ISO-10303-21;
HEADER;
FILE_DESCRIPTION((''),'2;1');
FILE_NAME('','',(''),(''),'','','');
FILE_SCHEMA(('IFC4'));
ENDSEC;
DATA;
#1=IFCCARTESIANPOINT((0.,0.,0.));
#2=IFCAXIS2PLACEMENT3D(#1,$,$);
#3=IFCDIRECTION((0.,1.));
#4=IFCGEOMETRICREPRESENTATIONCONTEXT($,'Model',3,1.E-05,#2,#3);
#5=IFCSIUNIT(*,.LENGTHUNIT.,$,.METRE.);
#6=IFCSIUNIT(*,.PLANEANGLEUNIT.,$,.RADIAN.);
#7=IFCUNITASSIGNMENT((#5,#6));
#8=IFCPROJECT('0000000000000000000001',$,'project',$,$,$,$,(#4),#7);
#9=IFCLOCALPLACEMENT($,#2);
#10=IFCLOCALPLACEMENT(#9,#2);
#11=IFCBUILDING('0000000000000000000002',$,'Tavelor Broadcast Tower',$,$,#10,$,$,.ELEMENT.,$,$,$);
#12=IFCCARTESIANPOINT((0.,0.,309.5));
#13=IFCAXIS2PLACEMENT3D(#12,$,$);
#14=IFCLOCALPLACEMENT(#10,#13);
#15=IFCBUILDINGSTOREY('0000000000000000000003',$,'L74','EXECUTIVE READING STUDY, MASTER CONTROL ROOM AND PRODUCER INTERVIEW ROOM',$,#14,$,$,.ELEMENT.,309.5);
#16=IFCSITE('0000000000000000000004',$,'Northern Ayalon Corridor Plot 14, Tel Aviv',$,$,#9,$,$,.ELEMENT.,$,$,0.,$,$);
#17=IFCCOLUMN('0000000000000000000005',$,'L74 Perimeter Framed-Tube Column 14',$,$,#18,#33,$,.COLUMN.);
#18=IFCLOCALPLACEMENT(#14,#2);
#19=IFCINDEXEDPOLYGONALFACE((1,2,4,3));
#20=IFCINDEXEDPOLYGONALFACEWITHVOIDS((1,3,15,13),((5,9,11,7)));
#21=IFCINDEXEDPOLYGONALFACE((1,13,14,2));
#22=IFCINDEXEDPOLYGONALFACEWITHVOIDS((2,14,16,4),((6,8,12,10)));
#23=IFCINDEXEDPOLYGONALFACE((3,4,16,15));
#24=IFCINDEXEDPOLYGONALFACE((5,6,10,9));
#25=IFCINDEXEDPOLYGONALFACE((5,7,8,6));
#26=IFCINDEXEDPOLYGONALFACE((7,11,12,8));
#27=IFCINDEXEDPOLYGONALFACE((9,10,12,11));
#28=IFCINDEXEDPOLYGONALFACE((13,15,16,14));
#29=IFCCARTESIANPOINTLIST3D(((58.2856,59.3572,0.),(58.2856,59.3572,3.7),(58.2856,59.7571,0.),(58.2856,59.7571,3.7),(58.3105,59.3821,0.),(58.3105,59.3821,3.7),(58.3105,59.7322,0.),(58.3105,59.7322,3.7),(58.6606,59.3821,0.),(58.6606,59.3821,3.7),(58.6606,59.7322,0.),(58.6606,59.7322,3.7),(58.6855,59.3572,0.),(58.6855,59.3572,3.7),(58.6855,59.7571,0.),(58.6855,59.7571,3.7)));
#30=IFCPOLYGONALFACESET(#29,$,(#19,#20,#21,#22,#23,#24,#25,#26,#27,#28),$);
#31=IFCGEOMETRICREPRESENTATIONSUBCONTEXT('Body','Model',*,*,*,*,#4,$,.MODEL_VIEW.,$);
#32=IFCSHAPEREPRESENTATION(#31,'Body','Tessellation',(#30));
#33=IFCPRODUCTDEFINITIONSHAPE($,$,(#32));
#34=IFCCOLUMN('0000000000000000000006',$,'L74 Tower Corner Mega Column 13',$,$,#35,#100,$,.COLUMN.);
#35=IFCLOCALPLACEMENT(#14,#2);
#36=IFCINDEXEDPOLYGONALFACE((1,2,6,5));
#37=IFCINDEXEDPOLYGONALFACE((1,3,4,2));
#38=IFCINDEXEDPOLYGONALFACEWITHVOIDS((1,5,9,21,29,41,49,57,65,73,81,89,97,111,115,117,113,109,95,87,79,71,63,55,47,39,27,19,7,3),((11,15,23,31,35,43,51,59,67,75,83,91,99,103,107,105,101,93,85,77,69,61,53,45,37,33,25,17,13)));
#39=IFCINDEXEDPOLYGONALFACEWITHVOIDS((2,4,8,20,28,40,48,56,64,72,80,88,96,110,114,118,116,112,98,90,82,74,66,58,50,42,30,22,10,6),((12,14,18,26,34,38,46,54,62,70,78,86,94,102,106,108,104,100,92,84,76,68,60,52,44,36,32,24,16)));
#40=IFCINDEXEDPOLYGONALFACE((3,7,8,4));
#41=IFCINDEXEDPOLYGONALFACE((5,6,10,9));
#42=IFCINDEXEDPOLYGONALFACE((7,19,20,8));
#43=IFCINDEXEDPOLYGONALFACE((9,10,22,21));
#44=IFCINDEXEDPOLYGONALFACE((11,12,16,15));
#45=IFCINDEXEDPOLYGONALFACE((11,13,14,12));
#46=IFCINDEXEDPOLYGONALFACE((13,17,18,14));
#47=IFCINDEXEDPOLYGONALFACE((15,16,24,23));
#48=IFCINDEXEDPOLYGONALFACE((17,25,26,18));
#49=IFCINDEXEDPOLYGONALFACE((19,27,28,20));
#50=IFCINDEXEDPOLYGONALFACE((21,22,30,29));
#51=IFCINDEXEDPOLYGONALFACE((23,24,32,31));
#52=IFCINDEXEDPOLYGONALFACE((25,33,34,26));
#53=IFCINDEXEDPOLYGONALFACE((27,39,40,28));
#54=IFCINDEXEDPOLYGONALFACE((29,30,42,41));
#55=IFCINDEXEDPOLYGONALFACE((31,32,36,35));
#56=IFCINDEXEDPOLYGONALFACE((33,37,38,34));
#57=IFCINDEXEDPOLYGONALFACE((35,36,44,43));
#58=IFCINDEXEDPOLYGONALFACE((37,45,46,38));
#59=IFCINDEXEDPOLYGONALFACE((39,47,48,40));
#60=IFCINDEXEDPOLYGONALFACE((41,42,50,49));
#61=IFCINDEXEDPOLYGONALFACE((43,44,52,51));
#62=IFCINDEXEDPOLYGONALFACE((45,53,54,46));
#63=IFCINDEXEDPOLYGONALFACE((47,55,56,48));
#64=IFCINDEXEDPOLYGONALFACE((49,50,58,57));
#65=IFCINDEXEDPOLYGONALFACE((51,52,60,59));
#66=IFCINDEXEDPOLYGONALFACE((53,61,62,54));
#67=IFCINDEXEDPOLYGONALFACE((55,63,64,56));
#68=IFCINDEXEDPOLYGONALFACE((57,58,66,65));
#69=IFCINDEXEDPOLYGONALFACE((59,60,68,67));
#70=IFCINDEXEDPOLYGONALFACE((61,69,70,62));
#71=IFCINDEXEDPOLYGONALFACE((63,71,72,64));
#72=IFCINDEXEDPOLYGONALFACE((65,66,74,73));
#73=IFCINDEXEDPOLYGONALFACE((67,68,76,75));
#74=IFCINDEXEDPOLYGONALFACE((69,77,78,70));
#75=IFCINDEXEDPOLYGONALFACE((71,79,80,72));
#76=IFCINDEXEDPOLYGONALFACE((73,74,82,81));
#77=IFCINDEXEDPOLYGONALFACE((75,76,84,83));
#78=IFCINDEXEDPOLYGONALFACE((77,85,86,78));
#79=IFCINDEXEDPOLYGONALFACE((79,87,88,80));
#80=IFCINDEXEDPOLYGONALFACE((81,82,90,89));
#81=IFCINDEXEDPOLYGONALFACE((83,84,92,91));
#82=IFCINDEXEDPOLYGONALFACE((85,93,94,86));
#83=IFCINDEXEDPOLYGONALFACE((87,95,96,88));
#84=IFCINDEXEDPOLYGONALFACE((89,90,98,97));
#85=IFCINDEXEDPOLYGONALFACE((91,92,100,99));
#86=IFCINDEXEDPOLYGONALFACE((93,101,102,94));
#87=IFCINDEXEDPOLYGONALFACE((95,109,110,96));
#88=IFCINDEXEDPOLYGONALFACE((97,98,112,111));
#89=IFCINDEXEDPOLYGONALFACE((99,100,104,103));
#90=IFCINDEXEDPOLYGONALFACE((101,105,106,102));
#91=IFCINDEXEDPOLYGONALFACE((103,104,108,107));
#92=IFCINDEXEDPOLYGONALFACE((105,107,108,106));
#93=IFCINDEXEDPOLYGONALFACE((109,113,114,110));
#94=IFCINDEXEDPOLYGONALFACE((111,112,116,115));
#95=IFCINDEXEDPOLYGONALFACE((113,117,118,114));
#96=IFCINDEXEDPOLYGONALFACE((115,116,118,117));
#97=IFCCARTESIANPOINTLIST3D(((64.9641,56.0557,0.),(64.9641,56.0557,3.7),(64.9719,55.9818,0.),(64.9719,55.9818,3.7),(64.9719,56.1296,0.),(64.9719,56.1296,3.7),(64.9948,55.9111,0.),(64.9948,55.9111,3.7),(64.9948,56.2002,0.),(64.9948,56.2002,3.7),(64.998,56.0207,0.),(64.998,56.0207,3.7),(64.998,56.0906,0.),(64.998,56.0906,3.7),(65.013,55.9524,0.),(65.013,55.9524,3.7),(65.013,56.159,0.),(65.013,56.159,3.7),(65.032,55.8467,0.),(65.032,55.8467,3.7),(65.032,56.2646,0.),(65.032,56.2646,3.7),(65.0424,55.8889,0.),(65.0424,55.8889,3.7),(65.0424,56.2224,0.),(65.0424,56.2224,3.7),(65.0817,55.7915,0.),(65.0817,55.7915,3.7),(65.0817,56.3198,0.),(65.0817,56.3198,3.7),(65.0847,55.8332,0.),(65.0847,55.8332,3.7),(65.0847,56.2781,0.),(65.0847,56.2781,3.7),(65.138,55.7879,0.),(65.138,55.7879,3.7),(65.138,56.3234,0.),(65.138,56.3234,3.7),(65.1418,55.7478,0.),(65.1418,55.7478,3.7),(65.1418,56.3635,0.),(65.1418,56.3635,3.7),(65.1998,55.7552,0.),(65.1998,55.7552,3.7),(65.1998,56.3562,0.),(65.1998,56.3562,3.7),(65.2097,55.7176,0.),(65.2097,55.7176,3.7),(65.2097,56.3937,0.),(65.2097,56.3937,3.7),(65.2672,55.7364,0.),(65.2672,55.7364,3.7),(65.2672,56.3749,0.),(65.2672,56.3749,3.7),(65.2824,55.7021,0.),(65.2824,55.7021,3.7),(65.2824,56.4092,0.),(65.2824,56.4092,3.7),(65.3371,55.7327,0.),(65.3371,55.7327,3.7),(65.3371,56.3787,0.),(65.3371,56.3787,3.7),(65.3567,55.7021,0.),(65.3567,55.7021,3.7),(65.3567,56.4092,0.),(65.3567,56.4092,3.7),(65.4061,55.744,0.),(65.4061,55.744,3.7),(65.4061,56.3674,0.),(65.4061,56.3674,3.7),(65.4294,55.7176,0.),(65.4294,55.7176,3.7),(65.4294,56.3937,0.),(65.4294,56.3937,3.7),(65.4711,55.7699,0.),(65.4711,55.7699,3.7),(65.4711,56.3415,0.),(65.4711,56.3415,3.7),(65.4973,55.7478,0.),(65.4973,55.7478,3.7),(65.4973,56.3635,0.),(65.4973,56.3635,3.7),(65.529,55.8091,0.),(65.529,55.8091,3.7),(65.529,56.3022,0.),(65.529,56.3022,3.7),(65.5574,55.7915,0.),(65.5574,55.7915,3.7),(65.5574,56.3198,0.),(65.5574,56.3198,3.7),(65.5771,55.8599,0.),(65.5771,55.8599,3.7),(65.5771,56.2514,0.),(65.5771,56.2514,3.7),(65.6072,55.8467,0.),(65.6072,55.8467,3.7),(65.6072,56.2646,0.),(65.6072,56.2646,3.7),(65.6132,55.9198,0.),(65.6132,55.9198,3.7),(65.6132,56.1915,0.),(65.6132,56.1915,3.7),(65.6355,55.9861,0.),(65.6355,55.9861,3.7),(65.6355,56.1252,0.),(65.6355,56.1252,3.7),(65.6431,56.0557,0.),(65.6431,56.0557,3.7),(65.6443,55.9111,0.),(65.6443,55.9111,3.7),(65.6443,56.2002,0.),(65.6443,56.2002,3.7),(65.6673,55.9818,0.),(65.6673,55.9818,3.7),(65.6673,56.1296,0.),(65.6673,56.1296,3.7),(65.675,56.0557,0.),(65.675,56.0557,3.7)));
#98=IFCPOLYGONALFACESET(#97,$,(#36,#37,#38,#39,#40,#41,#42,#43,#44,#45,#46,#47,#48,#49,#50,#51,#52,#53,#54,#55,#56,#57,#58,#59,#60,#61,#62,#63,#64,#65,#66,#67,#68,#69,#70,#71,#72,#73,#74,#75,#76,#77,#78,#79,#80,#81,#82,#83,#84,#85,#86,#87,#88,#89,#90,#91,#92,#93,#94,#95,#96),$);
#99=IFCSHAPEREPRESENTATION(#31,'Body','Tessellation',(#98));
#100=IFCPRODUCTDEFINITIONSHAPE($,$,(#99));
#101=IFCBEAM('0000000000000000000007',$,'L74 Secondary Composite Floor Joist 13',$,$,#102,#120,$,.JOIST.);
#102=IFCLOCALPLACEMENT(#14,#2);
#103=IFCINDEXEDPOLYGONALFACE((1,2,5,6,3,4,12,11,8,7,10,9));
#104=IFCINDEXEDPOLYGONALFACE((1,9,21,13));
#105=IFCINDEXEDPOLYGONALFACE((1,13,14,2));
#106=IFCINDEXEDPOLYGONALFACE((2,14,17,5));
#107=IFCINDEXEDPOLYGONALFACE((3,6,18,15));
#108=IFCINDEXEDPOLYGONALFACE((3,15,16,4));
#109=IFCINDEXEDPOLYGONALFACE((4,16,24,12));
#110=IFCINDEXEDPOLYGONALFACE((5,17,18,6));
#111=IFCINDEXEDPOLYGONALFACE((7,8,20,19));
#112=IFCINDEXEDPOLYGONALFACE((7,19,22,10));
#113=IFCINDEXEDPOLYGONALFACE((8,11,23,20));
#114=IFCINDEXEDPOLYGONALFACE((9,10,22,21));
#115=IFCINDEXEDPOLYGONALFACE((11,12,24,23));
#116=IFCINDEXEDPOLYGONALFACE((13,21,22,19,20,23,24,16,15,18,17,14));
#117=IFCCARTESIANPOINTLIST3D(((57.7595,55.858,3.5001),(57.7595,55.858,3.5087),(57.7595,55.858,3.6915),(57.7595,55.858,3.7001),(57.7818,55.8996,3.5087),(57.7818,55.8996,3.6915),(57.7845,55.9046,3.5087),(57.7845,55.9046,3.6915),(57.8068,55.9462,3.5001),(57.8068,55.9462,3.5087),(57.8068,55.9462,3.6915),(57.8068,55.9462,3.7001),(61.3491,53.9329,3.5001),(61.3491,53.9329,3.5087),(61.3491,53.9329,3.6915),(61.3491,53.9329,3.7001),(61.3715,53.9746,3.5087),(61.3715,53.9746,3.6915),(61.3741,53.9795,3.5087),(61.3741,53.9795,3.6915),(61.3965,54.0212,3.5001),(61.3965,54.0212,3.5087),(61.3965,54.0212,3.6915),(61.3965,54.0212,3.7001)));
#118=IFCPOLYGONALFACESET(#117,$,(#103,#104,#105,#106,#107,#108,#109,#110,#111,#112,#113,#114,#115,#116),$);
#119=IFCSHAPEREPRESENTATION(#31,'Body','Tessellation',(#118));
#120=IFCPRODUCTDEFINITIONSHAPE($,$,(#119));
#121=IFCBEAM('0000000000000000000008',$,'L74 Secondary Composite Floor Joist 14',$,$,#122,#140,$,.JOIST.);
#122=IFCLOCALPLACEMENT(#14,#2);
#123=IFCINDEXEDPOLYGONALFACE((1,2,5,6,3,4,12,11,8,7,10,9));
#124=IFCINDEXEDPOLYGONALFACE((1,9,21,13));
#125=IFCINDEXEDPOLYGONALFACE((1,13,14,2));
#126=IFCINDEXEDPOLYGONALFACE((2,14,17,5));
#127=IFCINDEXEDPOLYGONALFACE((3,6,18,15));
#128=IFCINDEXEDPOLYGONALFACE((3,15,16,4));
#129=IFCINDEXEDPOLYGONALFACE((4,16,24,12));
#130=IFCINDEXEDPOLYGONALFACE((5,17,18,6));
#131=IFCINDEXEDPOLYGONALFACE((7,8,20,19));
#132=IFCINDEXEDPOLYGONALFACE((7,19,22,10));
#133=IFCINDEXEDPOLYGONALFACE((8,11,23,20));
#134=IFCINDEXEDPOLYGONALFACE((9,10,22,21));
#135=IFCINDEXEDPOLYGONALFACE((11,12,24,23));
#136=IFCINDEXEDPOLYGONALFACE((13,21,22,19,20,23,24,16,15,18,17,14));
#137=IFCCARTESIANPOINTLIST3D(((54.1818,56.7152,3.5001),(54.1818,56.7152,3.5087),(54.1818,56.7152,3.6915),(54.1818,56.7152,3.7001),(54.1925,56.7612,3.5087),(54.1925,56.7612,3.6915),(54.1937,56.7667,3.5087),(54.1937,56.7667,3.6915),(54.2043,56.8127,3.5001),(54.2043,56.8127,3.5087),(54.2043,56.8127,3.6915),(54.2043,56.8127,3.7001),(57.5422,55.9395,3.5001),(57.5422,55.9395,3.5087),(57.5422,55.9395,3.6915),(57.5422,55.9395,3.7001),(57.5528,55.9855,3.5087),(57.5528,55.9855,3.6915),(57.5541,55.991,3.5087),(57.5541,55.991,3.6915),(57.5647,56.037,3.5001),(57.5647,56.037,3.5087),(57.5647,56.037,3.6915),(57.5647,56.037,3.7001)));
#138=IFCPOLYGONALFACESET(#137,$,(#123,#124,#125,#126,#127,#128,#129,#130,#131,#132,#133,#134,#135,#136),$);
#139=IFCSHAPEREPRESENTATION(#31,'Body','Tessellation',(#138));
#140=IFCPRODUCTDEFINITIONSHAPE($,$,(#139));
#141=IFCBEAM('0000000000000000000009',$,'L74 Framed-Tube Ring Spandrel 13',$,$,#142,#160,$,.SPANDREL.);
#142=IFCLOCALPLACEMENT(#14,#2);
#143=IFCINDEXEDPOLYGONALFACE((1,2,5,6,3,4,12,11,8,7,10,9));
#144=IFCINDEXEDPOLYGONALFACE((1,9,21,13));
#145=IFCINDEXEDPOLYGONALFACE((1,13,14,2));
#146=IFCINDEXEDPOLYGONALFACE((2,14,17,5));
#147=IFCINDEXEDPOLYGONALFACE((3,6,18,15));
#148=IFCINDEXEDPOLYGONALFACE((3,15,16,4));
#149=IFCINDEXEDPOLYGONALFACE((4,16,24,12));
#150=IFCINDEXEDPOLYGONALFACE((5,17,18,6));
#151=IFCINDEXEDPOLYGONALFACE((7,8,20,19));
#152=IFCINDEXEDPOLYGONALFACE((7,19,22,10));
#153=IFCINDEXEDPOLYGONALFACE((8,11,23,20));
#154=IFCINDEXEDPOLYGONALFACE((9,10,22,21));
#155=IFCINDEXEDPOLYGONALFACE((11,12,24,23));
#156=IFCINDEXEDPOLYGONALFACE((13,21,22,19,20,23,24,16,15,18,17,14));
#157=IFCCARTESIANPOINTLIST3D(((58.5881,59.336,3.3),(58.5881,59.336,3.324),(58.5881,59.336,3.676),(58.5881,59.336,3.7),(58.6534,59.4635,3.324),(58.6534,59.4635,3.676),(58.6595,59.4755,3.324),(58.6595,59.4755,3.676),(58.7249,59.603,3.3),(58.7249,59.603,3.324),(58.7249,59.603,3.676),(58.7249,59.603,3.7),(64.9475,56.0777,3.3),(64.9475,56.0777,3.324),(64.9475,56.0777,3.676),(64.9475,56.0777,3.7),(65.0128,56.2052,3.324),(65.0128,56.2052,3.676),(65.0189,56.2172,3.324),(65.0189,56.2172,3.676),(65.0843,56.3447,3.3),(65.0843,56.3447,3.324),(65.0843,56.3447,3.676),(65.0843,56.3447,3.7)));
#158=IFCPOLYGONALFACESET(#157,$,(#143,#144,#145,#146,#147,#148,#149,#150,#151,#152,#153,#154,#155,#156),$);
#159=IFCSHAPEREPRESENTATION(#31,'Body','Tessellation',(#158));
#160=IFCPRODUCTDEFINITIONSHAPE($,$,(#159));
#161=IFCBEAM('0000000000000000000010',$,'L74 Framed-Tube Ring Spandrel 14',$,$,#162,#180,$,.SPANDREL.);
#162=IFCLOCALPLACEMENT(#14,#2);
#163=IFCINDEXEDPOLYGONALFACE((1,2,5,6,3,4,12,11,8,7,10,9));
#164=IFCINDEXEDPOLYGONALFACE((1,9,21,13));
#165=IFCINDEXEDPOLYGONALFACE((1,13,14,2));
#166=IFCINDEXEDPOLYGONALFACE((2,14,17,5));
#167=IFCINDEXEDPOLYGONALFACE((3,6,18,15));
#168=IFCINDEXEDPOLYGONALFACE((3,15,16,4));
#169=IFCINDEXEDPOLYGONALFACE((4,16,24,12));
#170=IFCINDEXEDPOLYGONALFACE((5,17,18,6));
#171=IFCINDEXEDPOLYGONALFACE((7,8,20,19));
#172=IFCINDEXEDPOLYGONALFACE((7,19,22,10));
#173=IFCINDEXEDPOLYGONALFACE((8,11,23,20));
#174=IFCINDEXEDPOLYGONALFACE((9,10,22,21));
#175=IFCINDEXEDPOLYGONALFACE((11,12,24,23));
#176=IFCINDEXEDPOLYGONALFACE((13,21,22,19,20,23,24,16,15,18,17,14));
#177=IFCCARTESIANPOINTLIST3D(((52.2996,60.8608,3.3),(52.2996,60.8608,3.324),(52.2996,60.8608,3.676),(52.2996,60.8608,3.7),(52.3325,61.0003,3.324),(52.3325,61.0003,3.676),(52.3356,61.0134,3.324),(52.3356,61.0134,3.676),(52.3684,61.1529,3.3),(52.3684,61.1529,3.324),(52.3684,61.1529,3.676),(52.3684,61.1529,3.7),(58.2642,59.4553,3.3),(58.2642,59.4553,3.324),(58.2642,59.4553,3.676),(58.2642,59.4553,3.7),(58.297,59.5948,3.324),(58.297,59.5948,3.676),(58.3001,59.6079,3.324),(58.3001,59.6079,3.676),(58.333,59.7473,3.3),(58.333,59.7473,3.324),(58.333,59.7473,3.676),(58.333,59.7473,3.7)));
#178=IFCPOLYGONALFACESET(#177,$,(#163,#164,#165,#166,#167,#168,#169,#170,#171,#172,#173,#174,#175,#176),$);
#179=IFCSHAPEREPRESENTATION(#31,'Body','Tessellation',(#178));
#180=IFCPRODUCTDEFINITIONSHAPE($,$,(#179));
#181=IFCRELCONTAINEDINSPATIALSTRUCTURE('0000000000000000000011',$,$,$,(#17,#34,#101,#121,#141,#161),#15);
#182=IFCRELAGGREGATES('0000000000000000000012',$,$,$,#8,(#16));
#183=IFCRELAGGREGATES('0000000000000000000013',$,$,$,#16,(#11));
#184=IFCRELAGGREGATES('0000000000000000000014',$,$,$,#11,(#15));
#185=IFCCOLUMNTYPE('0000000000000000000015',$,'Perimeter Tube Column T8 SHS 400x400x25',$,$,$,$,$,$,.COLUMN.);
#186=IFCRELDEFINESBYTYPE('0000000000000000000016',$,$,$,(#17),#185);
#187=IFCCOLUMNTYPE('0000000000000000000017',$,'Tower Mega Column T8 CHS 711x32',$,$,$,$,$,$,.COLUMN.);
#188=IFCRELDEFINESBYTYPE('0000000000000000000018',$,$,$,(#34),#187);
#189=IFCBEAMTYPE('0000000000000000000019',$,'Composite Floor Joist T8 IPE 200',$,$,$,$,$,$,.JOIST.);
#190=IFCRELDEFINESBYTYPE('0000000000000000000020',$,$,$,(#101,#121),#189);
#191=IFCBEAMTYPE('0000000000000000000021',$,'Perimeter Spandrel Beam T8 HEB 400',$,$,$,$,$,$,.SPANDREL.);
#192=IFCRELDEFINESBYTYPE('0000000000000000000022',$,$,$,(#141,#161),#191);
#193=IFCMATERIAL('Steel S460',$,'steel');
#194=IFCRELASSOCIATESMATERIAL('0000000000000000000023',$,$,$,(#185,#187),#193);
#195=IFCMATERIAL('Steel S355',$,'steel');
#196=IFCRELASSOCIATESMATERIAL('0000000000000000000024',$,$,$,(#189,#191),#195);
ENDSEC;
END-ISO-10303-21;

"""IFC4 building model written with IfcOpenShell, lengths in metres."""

from ifc_helpers import new_model, si_unit, direction, frame, origin, origin_2d, place, context, subcontext, project, spatial, hollow_rectangle, hollow_circle, i_section, extrude, material, material_profile, profile_set, type_object, element, save


model = new_model("IFC4")

# Units and contexts
model_context = context("Model", 3, precision=1e-05, world=origin(), true_north=direction((0.0, 1.0)))
body_context = subcontext(model_context, "Body", "Model", "MODEL_VIEW")
ifc_project = project(units=[si_unit("LENGTHUNIT", "METRE"), si_unit("PLANEANGLEUNIT", "RADIAN")], contexts=[model_context])

# Site, building, storey
site_placement = place(None, origin())
site = spatial("IfcSite", under=ifc_project, at=site_placement, Name="Northern Ayalon Corridor Plot 14, Tel Aviv", CompositionType="ELEMENT", RefElevation=0.0)
building_placement = place(site_placement, origin())
building = spatial("IfcBuilding", under=site, at=building_placement, Name="Tavelor Broadcast Tower", CompositionType="ELEMENT")
storey_placement = place(building_placement, frame((0.0, 0.0, 309.5)))
storey = spatial("IfcBuildingStorey", under=building, at=storey_placement, Name="L74", Description="EXECUTIVE READING STUDY, MASTER CONTROL ROOM AND PRODUCER INTERVIEW ROOM", CompositionType="ELEMENT", Elevation=309.5)

# Columns
ifc_material_1 = material(Name="Steel S460", Category="steel")
ifc_material_profile_1 = material_profile(ifc_material_1, hollow_rectangle(XDim=0.3999, YDim=0.3999, WallThickness=0.0249, at=origin_2d()), Name="SHS 400x400x25")
ifc_profile_set_1 = profile_set([ifc_material_profile_1], Name="Steel S460")
column_type_1 = type_object("IfcColumnType", Name="Perimeter Tube Column T8 SHS 400x400x25", PredefinedType="COLUMN", material=ifc_profile_set_1)
column_1_placement = place(storey_placement, frame((58.4856, 59.5571, 0.0), z_axis=(0.0, 0.0, 1.0), x_axis=(1.0, 0.0, 0.0)))
element("IfcColumn", 1, at=column_1_placement, inside=storey, type_object=column_type_1, Name="L74 Perimeter Framed-Tube Column 14", PredefinedType="COLUMN", context=body_context, shape_type="SweptSolid", body=[
    extrude(hollow_rectangle(XDim=0.3999, YDim=0.3999, WallThickness=0.0249, at=origin_2d()), origin(), (0.0, 0.0, 1.0), 3.7),
])
ifc_material_profile_2 = material_profile(ifc_material_1, hollow_circle(Radius=0.3555, WallThickness=0.032, at=origin_2d()), Name="CHS 711x32")
ifc_profile_set_2 = profile_set([ifc_material_profile_2], Name="Steel S460")
column_type_2 = type_object("IfcColumnType", Name="Tower Mega Column T8 CHS 711x32", PredefinedType="COLUMN", material=ifc_profile_set_2)
column_2_placement = place(storey_placement, frame((65.3196, 56.0557, 0.0), z_axis=(0.0, 0.0, 1.0), x_axis=(1.0, 0.0, 0.0)))
element("IfcColumn", 2, at=column_2_placement, inside=storey, type_object=column_type_2, Name="L74 Tower Corner Mega Column 13", PredefinedType="COLUMN", context=body_context, shape_type="SweptSolid", body=[
    extrude(hollow_circle(Radius=0.3555, WallThickness=0.032, at=origin_2d()), origin(), (0.0, 0.0, 1.0), 3.7),
])

# Beams
ifc_material_2 = material(Name="Steel S355", Category="steel")
ifc_material_profile_3 = material_profile(ifc_material_2, i_section(OverallWidth=0.1001, OverallDepth=0.2, WebThickness=0.0056, FlangeThickness=0.0085, at=origin_2d()), Name="IPE 200")
ifc_profile_set_3 = profile_set([ifc_material_profile_3], Name="Steel S355")
beam_type_1 = type_object("IfcBeamType", Name="Composite Floor Joist T8 IPE 200", PredefinedType="JOIST", material=ifc_profile_set_3)
beam_1_placement = place(storey_placement, frame((61.3728, 53.9771, 3.6001), z_axis=(-0.88127, 0.472612, 0.0), x_axis=(-0.472612, -0.88127, 0.0)))
element("IfcBeam", 3, at=beam_1_placement, inside=storey, type_object=beam_type_1, Name="L74 Secondary Composite Floor Joist 13", PredefinedType="JOIST", context=body_context, shape_type="SweptSolid", body=[
    extrude(i_section(OverallWidth=0.1001, OverallDepth=0.2, WebThickness=0.0056, FlangeThickness=0.0085, at=origin_2d()), origin(), (0.0, 0.0, 1.0), 4.0732),
])
beam_2_placement = place(storey_placement, frame((57.5535, 55.9883, 3.6001), z_axis=(-0.97438, 0.224906, 0.0), x_axis=(-0.224906, -0.97438, 0.0)))
element("IfcBeam", 4, at=beam_2_placement, inside=storey, type_object=beam_type_1, Name="L74 Secondary Composite Floor Joist 14", PredefinedType="JOIST", context=body_context, shape_type="SweptSolid", body=[
    extrude(i_section(OverallWidth=0.1001, OverallDepth=0.2, WebThickness=0.0056, FlangeThickness=0.0085, at=origin_2d()), origin(), (0.0, 0.0, 1.0), 3.4487),
])
ifc_material_profile_4 = material_profile(ifc_material_2, i_section(OverallWidth=0.3, OverallDepth=0.3999, WebThickness=0.0134, FlangeThickness=0.0239, at=origin_2d()), Name="HEB 400")
ifc_profile_set_4 = profile_set([ifc_material_profile_4], Name="Steel S355")
beam_type_2 = type_object("IfcBeamType", Name="Perimeter Spandrel Beam T8 HEB 400", PredefinedType="SPANDREL", material=ifc_profile_set_4)
beam_3_placement = place(storey_placement, frame((65.0159, 56.2112, 3.5), z_axis=(-0.889983, 0.455993, 0.0), x_axis=(-0.455993, -0.889983, 0.0)))
element("IfcBeam", 5, at=beam_3_placement, inside=storey, type_object=beam_type_2, Name="L74 Framed-Tube Ring Spandrel 13", PredefinedType="SPANDREL", context=body_context, shape_type="SweptSolid", body=[
    extrude(i_section(OverallWidth=0.3, OverallDepth=0.3999, WebThickness=0.0134, FlangeThickness=0.0239, at=origin_2d()), origin(), (0.0, 0.0, 1.0), 7.1455),
])
beam_4_placement = place(storey_placement, frame((58.2986, 59.6013, 3.5), z_axis=(-0.973341, 0.229361, 0.0), x_axis=(-0.229361, -0.973341, 0.0)))
element("IfcBeam", 6, at=beam_4_placement, inside=storey, type_object=beam_type_2, Name="L74 Framed-Tube Ring Spandrel 14", PredefinedType="SPANDREL", context=body_context, shape_type="SweptSolid", body=[
    extrude(i_section(OverallWidth=0.3, OverallDepth=0.3999, WebThickness=0.0134, FlangeThickness=0.0239, at=origin_2d()), origin(), (0.0, 0.0, 1.0), 6.1279),
])

save(model, "model.ifc")
